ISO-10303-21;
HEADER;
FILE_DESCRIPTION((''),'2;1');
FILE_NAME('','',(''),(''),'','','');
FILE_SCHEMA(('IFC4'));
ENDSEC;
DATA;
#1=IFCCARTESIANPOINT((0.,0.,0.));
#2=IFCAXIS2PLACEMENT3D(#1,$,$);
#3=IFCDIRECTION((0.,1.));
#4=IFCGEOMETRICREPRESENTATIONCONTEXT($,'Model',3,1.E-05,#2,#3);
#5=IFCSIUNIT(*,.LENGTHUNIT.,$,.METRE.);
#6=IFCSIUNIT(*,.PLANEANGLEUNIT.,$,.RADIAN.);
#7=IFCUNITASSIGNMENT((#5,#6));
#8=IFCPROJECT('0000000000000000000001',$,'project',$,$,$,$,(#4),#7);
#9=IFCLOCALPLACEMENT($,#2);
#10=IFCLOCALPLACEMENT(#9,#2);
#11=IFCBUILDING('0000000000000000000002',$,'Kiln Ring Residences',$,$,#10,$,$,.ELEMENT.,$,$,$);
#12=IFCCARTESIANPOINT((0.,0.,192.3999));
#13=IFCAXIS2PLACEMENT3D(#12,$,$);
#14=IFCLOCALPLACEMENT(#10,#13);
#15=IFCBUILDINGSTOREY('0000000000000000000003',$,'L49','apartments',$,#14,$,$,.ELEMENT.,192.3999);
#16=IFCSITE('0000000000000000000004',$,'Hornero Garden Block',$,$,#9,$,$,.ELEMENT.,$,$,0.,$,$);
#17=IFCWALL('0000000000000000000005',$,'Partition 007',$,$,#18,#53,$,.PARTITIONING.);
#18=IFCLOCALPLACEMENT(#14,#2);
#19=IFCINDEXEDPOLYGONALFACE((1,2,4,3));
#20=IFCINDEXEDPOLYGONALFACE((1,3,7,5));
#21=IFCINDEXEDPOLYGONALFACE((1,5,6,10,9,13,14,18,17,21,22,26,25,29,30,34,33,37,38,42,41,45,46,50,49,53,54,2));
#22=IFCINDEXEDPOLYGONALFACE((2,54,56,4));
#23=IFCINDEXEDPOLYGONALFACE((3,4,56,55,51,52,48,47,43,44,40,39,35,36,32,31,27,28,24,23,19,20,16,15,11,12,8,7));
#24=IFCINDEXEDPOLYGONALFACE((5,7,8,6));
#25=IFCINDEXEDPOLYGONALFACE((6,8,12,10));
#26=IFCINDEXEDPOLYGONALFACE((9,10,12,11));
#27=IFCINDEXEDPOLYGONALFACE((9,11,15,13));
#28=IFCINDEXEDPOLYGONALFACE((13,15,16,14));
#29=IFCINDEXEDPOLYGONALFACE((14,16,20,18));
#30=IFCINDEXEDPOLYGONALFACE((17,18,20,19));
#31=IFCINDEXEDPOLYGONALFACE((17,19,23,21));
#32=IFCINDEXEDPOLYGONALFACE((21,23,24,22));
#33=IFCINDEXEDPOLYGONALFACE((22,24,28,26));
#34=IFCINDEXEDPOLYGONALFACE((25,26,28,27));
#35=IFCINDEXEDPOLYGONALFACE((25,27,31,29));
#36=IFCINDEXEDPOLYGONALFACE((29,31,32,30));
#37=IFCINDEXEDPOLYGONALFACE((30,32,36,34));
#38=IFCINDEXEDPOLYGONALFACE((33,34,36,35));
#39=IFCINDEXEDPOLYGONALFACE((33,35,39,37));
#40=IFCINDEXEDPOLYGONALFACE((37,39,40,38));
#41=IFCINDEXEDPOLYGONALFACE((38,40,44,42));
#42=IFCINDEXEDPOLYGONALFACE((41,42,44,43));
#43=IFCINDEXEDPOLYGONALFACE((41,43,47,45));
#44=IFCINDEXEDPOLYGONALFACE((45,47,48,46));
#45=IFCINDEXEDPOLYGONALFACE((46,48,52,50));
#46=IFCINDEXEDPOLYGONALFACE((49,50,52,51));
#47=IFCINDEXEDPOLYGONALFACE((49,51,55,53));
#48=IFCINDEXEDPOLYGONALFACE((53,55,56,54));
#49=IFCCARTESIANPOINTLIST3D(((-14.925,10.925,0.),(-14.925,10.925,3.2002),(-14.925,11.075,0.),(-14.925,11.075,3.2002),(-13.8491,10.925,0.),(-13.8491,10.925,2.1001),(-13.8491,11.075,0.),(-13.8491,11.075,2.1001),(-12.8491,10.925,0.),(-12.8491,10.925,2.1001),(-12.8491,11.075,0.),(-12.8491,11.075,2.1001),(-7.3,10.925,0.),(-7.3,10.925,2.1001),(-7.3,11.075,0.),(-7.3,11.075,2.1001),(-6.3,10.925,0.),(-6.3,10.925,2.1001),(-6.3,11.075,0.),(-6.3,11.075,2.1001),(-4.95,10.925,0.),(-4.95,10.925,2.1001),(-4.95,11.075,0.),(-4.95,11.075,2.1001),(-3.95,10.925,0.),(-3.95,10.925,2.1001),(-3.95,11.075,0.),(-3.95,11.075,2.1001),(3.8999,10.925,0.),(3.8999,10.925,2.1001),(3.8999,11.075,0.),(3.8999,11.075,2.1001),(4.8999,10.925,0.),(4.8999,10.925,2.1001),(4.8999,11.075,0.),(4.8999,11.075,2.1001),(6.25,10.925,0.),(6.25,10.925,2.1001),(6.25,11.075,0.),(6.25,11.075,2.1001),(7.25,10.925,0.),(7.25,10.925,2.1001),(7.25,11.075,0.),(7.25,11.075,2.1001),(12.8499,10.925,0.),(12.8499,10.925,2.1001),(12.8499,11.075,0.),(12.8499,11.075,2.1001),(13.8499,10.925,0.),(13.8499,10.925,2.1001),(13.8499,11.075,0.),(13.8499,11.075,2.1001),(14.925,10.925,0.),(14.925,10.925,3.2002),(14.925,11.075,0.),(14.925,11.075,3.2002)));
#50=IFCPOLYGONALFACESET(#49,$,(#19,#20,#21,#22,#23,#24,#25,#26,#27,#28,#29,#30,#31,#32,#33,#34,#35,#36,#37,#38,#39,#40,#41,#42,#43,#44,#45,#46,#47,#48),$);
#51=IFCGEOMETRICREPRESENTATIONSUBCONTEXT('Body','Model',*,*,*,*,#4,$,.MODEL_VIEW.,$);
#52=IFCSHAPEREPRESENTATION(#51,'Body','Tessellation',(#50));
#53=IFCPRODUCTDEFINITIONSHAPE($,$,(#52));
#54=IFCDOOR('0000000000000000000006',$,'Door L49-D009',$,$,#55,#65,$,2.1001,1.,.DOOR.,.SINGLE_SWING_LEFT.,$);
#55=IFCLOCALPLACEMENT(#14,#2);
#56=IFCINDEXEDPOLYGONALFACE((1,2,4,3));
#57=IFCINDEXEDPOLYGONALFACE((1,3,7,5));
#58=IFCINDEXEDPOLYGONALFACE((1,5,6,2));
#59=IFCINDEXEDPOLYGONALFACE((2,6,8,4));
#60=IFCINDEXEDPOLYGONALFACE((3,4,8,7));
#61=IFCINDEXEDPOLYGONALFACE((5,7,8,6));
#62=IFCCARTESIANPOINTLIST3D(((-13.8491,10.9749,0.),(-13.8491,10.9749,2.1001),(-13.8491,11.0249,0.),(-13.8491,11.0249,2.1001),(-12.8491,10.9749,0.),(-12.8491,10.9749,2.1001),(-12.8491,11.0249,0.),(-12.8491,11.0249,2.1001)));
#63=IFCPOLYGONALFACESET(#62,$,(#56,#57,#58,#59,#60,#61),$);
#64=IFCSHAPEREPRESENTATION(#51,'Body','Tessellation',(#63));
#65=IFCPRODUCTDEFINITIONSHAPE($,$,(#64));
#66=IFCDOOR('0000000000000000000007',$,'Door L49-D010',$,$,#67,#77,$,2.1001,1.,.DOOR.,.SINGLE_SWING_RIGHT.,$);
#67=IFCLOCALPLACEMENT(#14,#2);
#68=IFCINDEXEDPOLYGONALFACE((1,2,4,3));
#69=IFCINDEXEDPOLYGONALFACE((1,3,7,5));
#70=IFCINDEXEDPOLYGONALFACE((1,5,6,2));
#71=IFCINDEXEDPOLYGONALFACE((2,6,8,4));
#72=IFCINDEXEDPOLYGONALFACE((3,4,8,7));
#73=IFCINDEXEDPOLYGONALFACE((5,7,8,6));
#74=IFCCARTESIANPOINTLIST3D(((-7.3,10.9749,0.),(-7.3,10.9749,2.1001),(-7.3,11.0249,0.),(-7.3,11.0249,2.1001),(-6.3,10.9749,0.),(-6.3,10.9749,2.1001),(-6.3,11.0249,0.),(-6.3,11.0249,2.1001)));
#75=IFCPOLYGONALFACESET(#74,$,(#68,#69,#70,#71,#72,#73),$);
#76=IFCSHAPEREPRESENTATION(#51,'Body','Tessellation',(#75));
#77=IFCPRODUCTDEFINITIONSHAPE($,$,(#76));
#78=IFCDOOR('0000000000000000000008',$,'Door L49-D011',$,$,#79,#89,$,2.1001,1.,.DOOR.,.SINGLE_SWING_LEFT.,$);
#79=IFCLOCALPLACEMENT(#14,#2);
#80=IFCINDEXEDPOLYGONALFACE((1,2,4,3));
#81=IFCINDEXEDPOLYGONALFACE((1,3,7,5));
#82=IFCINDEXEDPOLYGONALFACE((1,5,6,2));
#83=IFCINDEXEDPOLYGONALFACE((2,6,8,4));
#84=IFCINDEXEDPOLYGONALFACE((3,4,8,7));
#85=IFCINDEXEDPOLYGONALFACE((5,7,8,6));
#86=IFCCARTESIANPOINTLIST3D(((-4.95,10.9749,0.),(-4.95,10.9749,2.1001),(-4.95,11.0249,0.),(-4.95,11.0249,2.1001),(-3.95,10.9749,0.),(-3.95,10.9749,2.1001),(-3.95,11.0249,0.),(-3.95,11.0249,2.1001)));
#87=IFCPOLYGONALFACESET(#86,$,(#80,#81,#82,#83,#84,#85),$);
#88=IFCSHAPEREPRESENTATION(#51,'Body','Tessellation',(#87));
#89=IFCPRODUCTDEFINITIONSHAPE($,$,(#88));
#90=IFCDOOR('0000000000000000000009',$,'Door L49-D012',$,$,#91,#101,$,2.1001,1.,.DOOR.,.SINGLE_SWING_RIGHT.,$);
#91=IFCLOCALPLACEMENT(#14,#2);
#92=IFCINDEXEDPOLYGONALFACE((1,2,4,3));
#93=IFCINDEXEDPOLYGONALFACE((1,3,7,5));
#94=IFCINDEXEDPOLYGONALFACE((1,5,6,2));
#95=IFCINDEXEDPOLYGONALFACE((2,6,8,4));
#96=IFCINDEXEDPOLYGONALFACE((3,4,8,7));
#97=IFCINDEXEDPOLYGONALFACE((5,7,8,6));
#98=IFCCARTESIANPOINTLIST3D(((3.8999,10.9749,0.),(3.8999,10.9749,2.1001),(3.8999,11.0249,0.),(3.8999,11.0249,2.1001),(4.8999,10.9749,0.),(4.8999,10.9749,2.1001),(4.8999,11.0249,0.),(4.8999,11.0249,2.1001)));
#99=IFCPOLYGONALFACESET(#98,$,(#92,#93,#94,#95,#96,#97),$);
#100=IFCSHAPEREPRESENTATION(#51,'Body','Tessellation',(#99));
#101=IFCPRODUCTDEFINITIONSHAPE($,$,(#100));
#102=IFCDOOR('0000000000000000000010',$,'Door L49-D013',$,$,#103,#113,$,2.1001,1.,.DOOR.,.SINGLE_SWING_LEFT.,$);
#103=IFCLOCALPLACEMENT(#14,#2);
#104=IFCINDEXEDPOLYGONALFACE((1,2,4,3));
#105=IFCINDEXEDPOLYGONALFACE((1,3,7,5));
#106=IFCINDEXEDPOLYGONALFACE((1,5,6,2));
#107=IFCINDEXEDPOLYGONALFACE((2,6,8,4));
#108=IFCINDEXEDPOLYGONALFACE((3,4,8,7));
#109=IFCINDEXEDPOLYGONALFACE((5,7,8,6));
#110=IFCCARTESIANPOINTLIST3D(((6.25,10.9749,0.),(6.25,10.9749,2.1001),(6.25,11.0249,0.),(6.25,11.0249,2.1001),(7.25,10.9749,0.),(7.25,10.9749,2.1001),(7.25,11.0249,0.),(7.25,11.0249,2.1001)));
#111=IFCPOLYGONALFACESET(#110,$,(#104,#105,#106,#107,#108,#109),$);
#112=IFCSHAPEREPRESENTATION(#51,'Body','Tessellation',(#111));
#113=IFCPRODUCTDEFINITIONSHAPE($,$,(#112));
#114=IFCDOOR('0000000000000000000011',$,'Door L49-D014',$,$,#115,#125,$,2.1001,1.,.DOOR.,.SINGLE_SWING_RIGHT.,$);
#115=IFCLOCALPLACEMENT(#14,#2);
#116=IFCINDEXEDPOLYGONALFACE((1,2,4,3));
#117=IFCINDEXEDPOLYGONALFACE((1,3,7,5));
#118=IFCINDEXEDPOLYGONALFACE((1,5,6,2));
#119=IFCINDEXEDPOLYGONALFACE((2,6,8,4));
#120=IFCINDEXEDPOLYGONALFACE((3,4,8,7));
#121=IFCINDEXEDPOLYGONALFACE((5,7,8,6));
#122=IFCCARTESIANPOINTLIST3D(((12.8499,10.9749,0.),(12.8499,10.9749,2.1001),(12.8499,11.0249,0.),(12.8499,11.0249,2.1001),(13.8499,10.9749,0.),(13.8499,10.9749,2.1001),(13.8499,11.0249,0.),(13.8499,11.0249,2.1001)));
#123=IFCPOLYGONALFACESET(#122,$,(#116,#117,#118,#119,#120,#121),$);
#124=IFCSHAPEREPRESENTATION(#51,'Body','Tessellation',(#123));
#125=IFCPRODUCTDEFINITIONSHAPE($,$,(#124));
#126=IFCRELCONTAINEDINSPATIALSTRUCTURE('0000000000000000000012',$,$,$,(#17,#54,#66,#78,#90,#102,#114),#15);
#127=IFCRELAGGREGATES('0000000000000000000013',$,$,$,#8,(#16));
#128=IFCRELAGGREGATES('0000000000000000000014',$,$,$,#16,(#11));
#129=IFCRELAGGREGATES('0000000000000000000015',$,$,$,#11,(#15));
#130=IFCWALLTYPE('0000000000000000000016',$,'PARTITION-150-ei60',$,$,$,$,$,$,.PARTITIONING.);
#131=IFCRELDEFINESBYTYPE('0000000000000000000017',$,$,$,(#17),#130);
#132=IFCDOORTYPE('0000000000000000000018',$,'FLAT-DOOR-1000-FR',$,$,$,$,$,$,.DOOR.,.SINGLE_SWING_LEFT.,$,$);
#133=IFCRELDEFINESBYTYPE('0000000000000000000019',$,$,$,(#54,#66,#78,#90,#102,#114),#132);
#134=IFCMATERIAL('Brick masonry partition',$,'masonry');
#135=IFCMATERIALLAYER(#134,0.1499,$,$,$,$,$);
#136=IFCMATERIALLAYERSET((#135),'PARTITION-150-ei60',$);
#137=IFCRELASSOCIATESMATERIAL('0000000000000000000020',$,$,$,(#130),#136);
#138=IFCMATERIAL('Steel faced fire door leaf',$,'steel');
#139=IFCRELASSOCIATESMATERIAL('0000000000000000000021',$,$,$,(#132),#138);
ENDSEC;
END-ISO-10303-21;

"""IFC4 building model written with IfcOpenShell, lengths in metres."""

from ifc_helpers import new_model, si_unit, direction, frame, frame_2d, origin, place, context, subcontext, project, spatial, rectangle, extrude, material, layer, layer_set, type_object, element, fill, save


model = new_model("IFC4")

# Units and contexts
model_context = context("Model", 3, precision=1e-05, world=origin(), true_north=direction((0.0, 1.0)))
body_context = subcontext(model_context, "Body", "Model", "MODEL_VIEW")
ifc_project = project(units=[si_unit("LENGTHUNIT", "METRE"), si_unit("PLANEANGLEUNIT", "RADIAN")], contexts=[model_context])

# Site, building, storey
site_placement = place(None, origin())
site = spatial("IfcSite", under=ifc_project, at=site_placement, Name="Hornero Garden Block", CompositionType="ELEMENT", RefElevation=0.0)
building_placement = place(site_placement, origin())
building = spatial("IfcBuilding", under=site, at=building_placement, Name="Kiln Ring Residences", CompositionType="ELEMENT")
storey_placement = place(building_placement, frame((0.0, 0.0, 192.3999)))
storey = spatial("IfcBuildingStorey", under=building, at=storey_placement, Name="L49", Description="apartments", CompositionType="ELEMENT", Elevation=192.3999)

# Wall, openings, doors
ifc_material_1 = material(Name="Brick masonry partition", Category="masonry")
ifc_layer_1 = layer(ifc_material_1, 0.1499)
ifc_layer_set_1 = layer_set([ifc_layer_1], Name="PARTITION-150-ei60")
wall_type = type_object("IfcWallType", Name="PARTITION-150-ei60", PredefinedType="PARTITIONING", material=ifc_layer_set_1)
wall_1_placement = place(storey_placement, frame((-14.925, 11.0, 0.0), z_axis=(0.0, 0.0, 1.0), x_axis=(1.0, 0.0, 0.0)))
wall_1 = element("IfcWall", 1, at=wall_1_placement, inside=storey, type_object=wall_type, Name="Partition 007", PredefinedType="PARTITIONING", context=body_context, shape_type="SweptSolid", body=[
    extrude(rectangle(XDim=29.8501, YDim=0.1499, at=frame_2d((14.925, 0.0))), origin(), (0.0, 0.0, 1.0), 3.2002),
])
opening_1_placement = place(wall_1_placement, frame((1.0759, 0.0, 0.0)))
opening_1 = element("IfcOpeningElement", 2, at=opening_1_placement, cuts=wall_1, PredefinedType="OPENING", context=body_context, shape_type="SweptSolid", body=[
    extrude(rectangle(XDim=1.0, YDim=2.1001, at=frame_2d((0.5, 1.05))), frame((0.0, 0.085, 0.0), z_axis=(0.0, -1.0, 0.0), x_axis=(1.0, 0.0, 0.0)), (0.0, 0.0, 1.0), 0.1699),
])
opening_2_placement = place(wall_1_placement, frame((7.625, 0.0, 0.0)))
opening_2 = element("IfcOpeningElement", 3, at=opening_2_placement, cuts=wall_1, PredefinedType="OPENING", context=body_context, shape_type="SweptSolid", body=[
    extrude(rectangle(XDim=1.0, YDim=2.1001, at=frame_2d((0.5, 1.05))), frame((0.0, 0.085, 0.0), z_axis=(0.0, -1.0, 0.0), x_axis=(1.0, 0.0, 0.0)), (0.0, 0.0, 1.0), 0.1699),
])
opening_3_placement = place(wall_1_placement, frame((9.9751, 0.0, 0.0)))
opening_3 = element("IfcOpeningElement", 4, at=opening_3_placement, cuts=wall_1, PredefinedType="OPENING", context=body_context, shape_type="SweptSolid", body=[
    extrude(rectangle(XDim=1.0, YDim=2.1001, at=frame_2d((0.5, 1.05))), frame((0.0, 0.085, 0.0), z_axis=(0.0, -1.0, 0.0), x_axis=(1.0, 0.0, 0.0)), (0.0, 0.0, 1.0), 0.1699),
])
opening_4_placement = place(wall_1_placement, frame((18.825, 0.0, 0.0)))
opening_4 = element("IfcOpeningElement", 5, at=opening_4_placement, cuts=wall_1, PredefinedType="OPENING", context=body_context, shape_type="SweptSolid", body=[
    extrude(rectangle(XDim=1.0, YDim=2.1001, at=frame_2d((0.5, 1.05))), frame((0.0, 0.085, 0.0), z_axis=(0.0, -1.0, 0.0), x_axis=(1.0, 0.0, 0.0)), (0.0, 0.0, 1.0), 0.1699),
])
opening_5_placement = place(wall_1_placement, frame((21.175, 0.0, 0.0)))
opening_5 = element("IfcOpeningElement", 6, at=opening_5_placement, cuts=wall_1, PredefinedType="OPENING", context=body_context, shape_type="SweptSolid", body=[
    extrude(rectangle(XDim=1.0, YDim=2.1001, at=frame_2d((0.5, 1.05))), frame((0.0, 0.085, 0.0), z_axis=(0.0, -1.0, 0.0), x_axis=(1.0, 0.0, 0.0)), (0.0, 0.0, 1.0), 0.1699),
])
opening_6_placement = place(wall_1_placement, frame((27.7749, 0.0, 0.0)))
opening_6 = element("IfcOpeningElement", 7, at=opening_6_placement, cuts=wall_1, PredefinedType="OPENING", context=body_context, shape_type="SweptSolid", body=[
    extrude(rectangle(XDim=1.0, YDim=2.1001, at=frame_2d((0.5, 1.05))), frame((0.0, 0.085, 0.0), z_axis=(0.0, -1.0, 0.0), x_axis=(1.0, 0.0, 0.0)), (0.0, 0.0, 1.0), 0.1699),
])
ifc_material_2 = material(Name="Steel faced fire door leaf", Category="steel")
door_type = type_object("IfcDoorType", Name="FLAT-DOOR-1000-FR", OperationType="SINGLE_SWING_LEFT", PredefinedType="DOOR", material=ifc_material_2)
door_1_placement = place(opening_1_placement, origin())
door_1 = element("IfcDoor", 8, at=door_1_placement, inside=storey, type_object=door_type, Name="Door L49-D009", OperationType="SINGLE_SWING_LEFT", OverallHeight=2.1001, OverallWidth=1.0, PredefinedType="DOOR", context=body_context, shape_type="SweptSolid", body=[
    extrude(rectangle(XDim=1.0, YDim=2.1001, at=frame_2d((0.5, 1.05))), frame((0.0, 0.0249, 0.0), z_axis=(0.0, -1.0, 0.0), x_axis=(1.0, 0.0, 0.0)), (0.0, 0.0, 1.0), 0.05),
])
fill(opening_1, door_1)
door_2_placement = place(opening_2_placement, origin())
door_2 = element("IfcDoor", 9, at=door_2_placement, inside=storey, type_object=door_type, Name="Door L49-D010", OperationType="SINGLE_SWING_RIGHT", OverallHeight=2.1001, OverallWidth=1.0, PredefinedType="DOOR", context=body_context, shape_type="SweptSolid", body=[
    extrude(rectangle(XDim=1.0, YDim=2.1001, at=frame_2d((0.5, 1.05))), frame((0.0, 0.0249, 0.0), z_axis=(0.0, -1.0, 0.0), x_axis=(1.0, 0.0, 0.0)), (0.0, 0.0, 1.0), 0.05),
])
fill(opening_2, door_2)
door_3_placement = place(opening_3_placement, origin())
door_3 = element("IfcDoor", 10, at=door_3_placement, inside=storey, type_object=door_type, Name="Door L49-D011", OperationType="SINGLE_SWING_LEFT", OverallHeight=2.1001, OverallWidth=1.0, PredefinedType="DOOR", context=body_context, shape_type="SweptSolid", body=[
    extrude(rectangle(XDim=1.0, YDim=2.1001, at=frame_2d((0.5, 1.05))), frame((0.0, 0.0249, 0.0), z_axis=(0.0, -1.0, 0.0), x_axis=(1.0, 0.0, 0.0)), (0.0, 0.0, 1.0), 0.05),
])
fill(opening_3, door_3)
door_4_placement = place(opening_4_placement, origin())
door_4 = element("IfcDoor", 11, at=door_4_placement, inside=storey, type_object=door_type, Name="Door L49-D012", OperationType="SINGLE_SWING_RIGHT", OverallHeight=2.1001, OverallWidth=1.0, PredefinedType="DOOR", context=body_context, shape_type="SweptSolid", body=[
    extrude(rectangle(XDim=1.0, YDim=2.1001, at=frame_2d((0.5, 1.05))), frame((0.0, 0.0249, 0.0), z_axis=(0.0, -1.0, 0.0), x_axis=(1.0, 0.0, 0.0)), (0.0, 0.0, 1.0), 0.05),
])
fill(opening_4, door_4)
door_5_placement = place(opening_5_placement, origin())
door_5 = element("IfcDoor", 12, at=door_5_placement, inside=storey, type_object=door_type, Name="Door L49-D013", OperationType="SINGLE_SWING_LEFT", OverallHeight=2.1001, OverallWidth=1.0, PredefinedType="DOOR", context=body_context, shape_type="SweptSolid", body=[
    extrude(rectangle(XDim=1.0, YDim=2.1001, at=frame_2d((0.5, 1.05))), frame((0.0, 0.0249, 0.0), z_axis=(0.0, -1.0, 0.0), x_axis=(1.0, 0.0, 0.0)), (0.0, 0.0, 1.0), 0.05),
])
fill(opening_5, door_5)
door_6_placement = place(opening_6_placement, origin())
door_6 = element("IfcDoor", 13, at=door_6_placement, inside=storey, type_object=door_type, Name="Door L49-D014", OperationType="SINGLE_SWING_RIGHT", OverallHeight=2.1001, OverallWidth=1.0, PredefinedType="DOOR", context=body_context, shape_type="SweptSolid", body=[
    extrude(rectangle(XDim=1.0, YDim=2.1001, at=frame_2d((0.5, 1.05))), frame((0.0, 0.0249, 0.0), z_axis=(0.0, -1.0, 0.0), x_axis=(1.0, 0.0, 0.0)), (0.0, 0.0, 1.0), 0.05),
])
fill(opening_6, door_6)

save(model, "model.ifc")
